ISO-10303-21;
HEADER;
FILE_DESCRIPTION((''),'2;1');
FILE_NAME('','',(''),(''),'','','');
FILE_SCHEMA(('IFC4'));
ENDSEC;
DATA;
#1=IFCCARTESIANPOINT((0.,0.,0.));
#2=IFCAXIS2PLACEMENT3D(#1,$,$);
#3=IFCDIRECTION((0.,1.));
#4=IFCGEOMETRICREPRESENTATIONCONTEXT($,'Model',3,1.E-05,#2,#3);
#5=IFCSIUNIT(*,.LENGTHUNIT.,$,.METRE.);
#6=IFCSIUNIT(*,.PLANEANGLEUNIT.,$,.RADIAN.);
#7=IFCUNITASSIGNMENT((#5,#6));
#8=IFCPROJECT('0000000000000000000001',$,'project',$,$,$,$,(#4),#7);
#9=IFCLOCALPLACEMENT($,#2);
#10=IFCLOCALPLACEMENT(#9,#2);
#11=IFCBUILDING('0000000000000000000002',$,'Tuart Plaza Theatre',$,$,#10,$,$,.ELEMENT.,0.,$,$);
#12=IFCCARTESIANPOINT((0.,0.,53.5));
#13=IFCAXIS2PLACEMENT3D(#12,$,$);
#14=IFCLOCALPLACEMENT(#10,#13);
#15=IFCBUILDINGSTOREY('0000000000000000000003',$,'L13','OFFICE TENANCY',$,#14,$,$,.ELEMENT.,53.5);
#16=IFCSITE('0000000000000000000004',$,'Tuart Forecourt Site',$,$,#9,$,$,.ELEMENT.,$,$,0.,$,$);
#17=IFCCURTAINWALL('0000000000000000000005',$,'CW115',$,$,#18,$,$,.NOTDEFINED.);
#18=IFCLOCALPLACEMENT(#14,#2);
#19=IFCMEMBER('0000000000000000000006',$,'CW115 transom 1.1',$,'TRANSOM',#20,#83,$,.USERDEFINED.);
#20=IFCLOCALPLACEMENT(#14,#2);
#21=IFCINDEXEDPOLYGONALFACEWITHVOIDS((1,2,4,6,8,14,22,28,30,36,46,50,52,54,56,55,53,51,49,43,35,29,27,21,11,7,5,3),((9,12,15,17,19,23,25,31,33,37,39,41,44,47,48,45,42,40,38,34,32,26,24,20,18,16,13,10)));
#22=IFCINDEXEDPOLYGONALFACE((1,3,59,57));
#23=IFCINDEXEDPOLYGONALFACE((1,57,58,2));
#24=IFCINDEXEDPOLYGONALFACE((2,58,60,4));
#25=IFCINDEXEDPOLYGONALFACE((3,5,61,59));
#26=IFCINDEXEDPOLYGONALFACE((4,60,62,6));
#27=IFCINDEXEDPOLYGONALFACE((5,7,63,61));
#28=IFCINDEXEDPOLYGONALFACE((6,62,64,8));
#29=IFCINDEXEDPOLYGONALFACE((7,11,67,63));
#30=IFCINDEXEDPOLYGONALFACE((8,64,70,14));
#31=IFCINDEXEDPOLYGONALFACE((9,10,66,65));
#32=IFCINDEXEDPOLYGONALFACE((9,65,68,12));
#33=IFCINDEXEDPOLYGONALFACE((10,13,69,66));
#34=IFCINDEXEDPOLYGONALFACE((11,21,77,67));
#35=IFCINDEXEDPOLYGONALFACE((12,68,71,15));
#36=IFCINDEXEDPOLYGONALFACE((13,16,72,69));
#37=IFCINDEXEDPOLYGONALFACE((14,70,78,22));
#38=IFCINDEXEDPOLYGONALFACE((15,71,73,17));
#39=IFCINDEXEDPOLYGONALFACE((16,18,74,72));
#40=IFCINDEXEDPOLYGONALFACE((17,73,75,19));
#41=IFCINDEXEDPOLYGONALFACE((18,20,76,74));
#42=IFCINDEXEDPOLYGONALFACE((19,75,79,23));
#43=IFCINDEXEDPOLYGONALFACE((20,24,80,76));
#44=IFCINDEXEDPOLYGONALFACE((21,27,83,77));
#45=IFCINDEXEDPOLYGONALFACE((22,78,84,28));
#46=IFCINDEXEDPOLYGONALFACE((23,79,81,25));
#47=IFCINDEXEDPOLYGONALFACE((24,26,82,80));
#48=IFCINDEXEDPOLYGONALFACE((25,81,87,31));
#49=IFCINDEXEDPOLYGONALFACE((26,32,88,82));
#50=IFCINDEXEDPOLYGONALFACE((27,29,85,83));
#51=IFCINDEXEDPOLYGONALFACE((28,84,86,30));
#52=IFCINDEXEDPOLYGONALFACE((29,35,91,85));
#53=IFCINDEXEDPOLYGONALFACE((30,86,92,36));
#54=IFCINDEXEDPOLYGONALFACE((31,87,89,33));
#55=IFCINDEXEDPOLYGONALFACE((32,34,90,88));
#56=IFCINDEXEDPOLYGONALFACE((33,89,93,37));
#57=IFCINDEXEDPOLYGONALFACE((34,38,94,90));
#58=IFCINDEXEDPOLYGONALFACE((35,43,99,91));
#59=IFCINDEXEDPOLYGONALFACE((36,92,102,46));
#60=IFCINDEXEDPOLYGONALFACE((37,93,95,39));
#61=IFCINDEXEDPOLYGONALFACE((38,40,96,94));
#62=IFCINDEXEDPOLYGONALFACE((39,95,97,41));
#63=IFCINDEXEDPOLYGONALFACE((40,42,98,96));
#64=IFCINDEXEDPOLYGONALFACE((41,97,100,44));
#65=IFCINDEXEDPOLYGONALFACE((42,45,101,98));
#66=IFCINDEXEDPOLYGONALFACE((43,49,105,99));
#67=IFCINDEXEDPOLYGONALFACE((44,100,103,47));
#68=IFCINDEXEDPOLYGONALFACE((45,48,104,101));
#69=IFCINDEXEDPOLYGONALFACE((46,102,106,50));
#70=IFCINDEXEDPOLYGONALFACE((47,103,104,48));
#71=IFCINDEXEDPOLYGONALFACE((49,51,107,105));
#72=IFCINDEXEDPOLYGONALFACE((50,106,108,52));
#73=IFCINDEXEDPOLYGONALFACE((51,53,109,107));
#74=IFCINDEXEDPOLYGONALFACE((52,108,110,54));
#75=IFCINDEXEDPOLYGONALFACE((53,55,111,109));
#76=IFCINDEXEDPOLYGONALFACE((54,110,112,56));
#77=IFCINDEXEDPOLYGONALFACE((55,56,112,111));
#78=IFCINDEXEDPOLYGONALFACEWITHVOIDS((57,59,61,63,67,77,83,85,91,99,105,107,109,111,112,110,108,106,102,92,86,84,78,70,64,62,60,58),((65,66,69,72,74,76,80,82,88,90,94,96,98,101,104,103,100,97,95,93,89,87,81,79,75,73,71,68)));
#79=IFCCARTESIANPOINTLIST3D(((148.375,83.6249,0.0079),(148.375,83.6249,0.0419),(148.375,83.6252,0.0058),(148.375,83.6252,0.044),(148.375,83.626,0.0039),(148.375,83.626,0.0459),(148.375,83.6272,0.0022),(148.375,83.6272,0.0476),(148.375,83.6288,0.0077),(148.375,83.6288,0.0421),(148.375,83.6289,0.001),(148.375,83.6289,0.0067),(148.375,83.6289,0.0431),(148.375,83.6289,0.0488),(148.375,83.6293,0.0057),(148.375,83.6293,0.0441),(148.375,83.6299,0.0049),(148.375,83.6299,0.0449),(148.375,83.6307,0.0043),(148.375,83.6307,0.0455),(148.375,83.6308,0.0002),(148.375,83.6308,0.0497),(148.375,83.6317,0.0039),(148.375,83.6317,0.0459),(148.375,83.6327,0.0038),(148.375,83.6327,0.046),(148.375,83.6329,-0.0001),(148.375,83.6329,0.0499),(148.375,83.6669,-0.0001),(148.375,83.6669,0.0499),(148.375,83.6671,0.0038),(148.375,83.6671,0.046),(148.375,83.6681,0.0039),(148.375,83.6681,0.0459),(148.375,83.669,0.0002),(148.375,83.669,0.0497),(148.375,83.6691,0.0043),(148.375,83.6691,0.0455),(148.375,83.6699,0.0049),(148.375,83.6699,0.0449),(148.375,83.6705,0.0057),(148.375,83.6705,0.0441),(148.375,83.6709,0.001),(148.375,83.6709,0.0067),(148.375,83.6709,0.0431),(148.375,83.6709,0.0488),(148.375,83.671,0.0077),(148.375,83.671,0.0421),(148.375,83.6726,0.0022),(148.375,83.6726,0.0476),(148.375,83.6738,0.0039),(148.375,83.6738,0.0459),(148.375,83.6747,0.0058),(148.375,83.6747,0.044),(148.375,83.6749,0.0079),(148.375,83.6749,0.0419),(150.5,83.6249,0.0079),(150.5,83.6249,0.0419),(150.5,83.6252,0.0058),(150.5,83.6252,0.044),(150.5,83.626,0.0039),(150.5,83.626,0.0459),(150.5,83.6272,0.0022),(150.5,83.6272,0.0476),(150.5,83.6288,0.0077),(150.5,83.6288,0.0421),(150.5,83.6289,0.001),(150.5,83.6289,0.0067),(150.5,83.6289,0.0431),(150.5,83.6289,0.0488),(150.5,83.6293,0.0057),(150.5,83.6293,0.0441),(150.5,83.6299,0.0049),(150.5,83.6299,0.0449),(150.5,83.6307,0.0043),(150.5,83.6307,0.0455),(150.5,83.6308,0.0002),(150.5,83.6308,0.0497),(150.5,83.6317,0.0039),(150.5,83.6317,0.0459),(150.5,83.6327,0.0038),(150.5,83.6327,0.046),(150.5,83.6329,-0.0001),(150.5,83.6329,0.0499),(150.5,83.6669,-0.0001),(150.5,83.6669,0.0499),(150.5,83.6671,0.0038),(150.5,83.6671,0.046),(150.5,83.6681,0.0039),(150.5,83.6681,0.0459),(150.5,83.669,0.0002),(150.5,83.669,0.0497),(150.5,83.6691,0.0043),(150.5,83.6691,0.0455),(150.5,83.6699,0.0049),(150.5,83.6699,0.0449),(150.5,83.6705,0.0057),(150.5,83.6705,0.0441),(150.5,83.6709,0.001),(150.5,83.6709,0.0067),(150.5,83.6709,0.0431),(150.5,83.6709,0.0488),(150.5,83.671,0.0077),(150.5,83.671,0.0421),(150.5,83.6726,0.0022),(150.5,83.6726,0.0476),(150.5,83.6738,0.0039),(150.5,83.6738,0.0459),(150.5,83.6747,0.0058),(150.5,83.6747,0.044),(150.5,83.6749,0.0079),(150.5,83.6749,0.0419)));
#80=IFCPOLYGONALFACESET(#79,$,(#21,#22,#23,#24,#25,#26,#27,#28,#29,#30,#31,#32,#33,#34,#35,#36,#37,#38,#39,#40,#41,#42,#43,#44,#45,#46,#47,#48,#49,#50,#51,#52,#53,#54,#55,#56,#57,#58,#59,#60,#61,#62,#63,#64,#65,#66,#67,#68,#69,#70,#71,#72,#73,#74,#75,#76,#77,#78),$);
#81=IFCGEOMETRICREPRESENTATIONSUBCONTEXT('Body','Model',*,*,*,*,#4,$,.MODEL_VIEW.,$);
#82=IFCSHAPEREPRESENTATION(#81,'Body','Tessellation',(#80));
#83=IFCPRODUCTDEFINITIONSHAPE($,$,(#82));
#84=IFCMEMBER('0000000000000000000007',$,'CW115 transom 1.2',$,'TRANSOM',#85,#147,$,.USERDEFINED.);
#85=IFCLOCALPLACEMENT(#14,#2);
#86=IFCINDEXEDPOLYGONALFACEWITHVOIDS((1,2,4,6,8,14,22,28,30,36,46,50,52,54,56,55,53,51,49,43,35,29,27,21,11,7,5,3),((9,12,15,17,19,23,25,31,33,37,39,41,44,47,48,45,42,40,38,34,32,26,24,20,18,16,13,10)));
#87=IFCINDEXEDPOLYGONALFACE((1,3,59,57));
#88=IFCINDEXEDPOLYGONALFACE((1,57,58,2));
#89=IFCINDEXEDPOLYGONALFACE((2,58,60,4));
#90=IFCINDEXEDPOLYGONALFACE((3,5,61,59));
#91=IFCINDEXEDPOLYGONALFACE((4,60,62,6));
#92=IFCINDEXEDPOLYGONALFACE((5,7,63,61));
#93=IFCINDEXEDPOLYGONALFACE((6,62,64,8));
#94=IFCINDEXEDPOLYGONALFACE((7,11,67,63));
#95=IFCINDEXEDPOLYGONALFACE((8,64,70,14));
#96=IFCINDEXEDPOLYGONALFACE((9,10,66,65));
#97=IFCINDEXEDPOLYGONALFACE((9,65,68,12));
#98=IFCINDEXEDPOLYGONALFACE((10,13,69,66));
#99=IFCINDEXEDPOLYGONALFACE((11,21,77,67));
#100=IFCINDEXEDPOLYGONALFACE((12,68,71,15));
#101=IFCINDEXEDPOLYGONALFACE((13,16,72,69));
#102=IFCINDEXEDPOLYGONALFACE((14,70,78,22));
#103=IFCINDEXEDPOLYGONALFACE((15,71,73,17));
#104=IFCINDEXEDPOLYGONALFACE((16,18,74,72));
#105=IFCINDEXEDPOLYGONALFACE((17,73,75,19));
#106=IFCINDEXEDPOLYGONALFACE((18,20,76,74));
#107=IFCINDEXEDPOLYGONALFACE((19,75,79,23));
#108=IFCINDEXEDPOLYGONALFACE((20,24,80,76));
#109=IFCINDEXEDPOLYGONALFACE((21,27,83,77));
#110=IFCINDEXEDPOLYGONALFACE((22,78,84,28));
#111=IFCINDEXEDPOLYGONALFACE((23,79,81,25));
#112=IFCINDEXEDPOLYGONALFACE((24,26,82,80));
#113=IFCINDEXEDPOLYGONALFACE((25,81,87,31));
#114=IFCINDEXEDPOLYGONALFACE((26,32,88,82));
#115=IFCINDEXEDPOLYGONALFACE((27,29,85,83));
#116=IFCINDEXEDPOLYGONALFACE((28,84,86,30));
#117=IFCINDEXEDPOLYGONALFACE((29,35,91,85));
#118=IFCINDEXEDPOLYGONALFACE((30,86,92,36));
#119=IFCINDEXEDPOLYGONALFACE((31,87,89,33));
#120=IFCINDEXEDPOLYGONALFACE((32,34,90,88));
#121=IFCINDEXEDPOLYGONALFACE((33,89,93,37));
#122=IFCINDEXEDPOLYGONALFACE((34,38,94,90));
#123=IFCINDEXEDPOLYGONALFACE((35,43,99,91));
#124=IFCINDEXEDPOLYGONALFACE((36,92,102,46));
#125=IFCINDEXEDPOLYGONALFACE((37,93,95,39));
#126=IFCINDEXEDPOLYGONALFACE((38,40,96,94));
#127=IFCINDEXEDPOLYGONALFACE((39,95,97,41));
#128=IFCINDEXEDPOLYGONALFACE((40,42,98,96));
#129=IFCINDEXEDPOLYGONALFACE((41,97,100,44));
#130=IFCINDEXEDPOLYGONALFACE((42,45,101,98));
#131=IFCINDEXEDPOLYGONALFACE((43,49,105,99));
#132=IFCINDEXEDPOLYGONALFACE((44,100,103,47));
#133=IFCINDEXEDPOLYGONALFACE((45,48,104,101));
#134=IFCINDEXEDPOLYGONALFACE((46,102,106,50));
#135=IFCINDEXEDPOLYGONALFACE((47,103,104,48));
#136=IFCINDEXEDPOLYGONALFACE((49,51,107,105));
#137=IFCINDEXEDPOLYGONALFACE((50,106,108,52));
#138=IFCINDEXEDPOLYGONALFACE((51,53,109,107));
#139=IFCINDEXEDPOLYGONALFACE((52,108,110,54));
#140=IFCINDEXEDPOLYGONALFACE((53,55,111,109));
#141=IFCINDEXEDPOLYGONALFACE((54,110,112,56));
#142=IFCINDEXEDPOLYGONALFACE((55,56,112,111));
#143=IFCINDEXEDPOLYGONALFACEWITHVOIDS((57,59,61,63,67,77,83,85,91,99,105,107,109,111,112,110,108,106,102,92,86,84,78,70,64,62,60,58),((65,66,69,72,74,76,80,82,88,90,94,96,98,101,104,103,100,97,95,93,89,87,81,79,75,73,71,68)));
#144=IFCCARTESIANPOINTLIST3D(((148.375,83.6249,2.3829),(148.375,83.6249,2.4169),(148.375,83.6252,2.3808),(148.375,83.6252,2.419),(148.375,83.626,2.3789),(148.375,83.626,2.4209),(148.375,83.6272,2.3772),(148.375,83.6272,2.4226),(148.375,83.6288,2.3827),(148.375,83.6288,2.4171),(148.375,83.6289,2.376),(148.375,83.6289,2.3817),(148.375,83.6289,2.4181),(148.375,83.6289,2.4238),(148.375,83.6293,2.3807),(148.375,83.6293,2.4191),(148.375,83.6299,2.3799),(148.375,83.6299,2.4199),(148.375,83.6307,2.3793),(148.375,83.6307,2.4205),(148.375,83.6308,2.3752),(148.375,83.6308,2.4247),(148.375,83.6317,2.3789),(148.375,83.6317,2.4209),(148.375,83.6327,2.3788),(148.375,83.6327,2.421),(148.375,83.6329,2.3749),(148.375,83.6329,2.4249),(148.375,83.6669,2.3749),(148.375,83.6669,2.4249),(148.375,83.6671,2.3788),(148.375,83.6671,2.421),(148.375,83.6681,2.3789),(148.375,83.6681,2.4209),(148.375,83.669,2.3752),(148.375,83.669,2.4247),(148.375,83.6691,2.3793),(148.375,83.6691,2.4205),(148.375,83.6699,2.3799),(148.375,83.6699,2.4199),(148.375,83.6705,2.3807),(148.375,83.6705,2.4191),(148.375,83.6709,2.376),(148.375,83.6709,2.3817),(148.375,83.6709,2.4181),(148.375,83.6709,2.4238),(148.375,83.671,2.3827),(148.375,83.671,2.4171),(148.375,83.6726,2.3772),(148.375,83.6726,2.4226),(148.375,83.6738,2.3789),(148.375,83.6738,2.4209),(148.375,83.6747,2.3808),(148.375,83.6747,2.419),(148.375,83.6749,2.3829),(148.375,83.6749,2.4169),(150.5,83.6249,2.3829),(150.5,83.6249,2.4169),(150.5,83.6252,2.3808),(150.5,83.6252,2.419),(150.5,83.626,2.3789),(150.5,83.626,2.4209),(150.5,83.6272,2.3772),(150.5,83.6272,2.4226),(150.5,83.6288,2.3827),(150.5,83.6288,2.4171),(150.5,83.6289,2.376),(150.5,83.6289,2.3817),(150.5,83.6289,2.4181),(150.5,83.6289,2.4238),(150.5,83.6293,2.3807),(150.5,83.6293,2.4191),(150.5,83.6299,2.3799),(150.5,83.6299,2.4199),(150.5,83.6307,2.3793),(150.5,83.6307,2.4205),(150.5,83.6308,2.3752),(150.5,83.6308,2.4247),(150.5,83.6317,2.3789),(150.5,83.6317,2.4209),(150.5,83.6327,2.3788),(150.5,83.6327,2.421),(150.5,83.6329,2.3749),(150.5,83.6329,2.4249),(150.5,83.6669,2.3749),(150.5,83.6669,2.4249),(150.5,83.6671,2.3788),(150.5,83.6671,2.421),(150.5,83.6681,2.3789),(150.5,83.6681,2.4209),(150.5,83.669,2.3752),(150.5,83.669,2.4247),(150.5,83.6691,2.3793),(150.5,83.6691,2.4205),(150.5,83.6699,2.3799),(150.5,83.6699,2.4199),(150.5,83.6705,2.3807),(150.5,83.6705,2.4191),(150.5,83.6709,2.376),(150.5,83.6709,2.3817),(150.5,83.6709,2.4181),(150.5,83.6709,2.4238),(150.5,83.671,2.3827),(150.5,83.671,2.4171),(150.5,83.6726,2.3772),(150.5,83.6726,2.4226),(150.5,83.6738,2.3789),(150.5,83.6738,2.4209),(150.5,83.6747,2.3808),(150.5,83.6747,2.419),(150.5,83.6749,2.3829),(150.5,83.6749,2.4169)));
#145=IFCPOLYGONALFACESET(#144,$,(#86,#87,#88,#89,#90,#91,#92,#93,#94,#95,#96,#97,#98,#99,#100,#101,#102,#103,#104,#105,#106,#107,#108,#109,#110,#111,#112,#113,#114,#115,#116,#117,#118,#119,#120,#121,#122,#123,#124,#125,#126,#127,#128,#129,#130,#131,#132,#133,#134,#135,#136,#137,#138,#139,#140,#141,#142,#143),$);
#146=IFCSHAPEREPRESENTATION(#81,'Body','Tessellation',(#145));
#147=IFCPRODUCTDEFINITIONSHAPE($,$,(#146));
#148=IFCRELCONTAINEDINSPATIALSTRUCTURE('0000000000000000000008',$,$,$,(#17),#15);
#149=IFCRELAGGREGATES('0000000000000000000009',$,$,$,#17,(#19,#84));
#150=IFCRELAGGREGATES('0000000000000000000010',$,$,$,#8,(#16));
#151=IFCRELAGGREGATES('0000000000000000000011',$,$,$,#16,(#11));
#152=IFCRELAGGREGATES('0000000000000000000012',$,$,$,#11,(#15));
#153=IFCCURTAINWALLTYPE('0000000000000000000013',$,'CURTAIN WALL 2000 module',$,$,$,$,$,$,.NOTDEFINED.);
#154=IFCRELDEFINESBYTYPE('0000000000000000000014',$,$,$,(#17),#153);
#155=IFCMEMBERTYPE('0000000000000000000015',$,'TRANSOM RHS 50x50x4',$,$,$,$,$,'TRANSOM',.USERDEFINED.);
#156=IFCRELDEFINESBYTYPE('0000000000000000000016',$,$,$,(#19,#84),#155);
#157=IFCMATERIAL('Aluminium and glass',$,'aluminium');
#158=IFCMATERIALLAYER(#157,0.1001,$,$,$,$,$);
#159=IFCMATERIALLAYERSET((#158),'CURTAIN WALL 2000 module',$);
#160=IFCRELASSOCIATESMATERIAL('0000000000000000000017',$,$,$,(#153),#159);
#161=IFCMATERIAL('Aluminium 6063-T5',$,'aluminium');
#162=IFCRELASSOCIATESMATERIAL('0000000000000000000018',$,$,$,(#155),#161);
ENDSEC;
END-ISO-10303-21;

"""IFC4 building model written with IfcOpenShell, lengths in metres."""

from ifc_helpers import new_model, si_unit, direction, frame, origin, origin_2d, place, context, subcontext, project, spatial, hollow_rectangle, extrude, material, layer, layer_set, material_profile, profile_set, type_object, element, aggregate, save


model = new_model("IFC4")

# Units and contexts
model_context = context("Model", 3, precision=1e-05, world=origin(), true_north=direction((0.0, 1.0)))
body_context = subcontext(model_context, "Body", "Model", "MODEL_VIEW")
ifc_project = project(units=[si_unit("LENGTHUNIT", "METRE"), si_unit("PLANEANGLEUNIT", "RADIAN")], contexts=[model_context])

# Site, building, storey
site_placement = place(None, origin())
site = spatial("IfcSite", under=ifc_project, at=site_placement, Name="Tuart Forecourt Site", CompositionType="ELEMENT", RefElevation=0.0)
building_placement = place(site_placement, origin())
building = spatial("IfcBuilding", under=site, at=building_placement, Name="Tuart Plaza Theatre", CompositionType="ELEMENT", ElevationOfRefHeight=0.0)
storey_placement = place(building_placement, frame((0.0, 0.0, 53.5)))
storey = spatial("IfcBuildingStorey", under=building, at=storey_placement, Name="L13", Description="OFFICE TENANCY", CompositionType="ELEMENT", Elevation=53.5)

# Curtain wall
ifc_material_1 = material(Name="Aluminium and glass", Category="aluminium")
ifc_layer_1 = layer(ifc_material_1, 0.1001)
ifc_layer_set_1 = layer_set([ifc_layer_1], Name="CURTAIN WALL 2000 module")
curtain_wall_type = type_object("IfcCurtainWallType", Name="CURTAIN WALL 2000 module", PredefinedType="NOTDEFINED", material=ifc_layer_set_1)
curtain_wall_1_placement = place(storey_placement, origin())
curtain_wall_1 = element("IfcCurtainWall", 1, at=curtain_wall_1_placement, inside=storey, type_object=curtain_wall_type, Name="CW115", PredefinedType="NOTDEFINED")

# Members
ifc_material_2 = material(Name="Aluminium 6063-T5", Category="aluminium")
ifc_material_profile_1 = material_profile(ifc_material_2, hollow_rectangle(XDim=0.05, YDim=0.05, WallThickness=0.0039, InnerFilletRadius=0.0039, OuterFilletRadius=0.0081, at=origin_2d()), Name="RHS 50x50x4")
ifc_profile_set_1 = profile_set([ifc_material_profile_1], Name="Aluminium 6063-T5")
member_type_1 = type_object("IfcMemberType", Name="TRANSOM RHS 50x50x4", ElementType="TRANSOM", PredefinedType="USERDEFINED", material=ifc_profile_set_1)
member_1_placement = place(storey_placement, frame((150.5, 83.6499, 0.0249), z_axis=(-1.0, 0.0, 0.0), x_axis=(0.0, -1.0, 0.0)))
member_1 = element("IfcMember", 2, at=member_1_placement, type_object=member_type_1, Name="CW115 transom 1.1", ObjectType="TRANSOM", PredefinedType="USERDEFINED", context=body_context, shape_type="SweptSolid", body=[
    extrude(hollow_rectangle(XDim=0.05, YDim=0.05, WallThickness=0.0039, InnerFilletRadius=0.0039, OuterFilletRadius=0.0081, at=origin_2d()), origin(), (0.0, 0.0, 1.0), 2.125),
])
member_2_placement = place(storey_placement, frame((150.5, 83.6499, 2.3999), z_axis=(-1.0, 0.0, 0.0), x_axis=(0.0, -1.0, 0.0)))
member_2 = element("IfcMember", 3, at=member_2_placement, type_object=member_type_1, Name="CW115 transom 1.2", ObjectType="TRANSOM", PredefinedType="USERDEFINED", context=body_context, shape_type="SweptSolid", body=[
    extrude(hollow_rectangle(XDim=0.05, YDim=0.05, WallThickness=0.0039, InnerFilletRadius=0.0039, OuterFilletRadius=0.0081, at=origin_2d()), origin(), (0.0, 0.0, 1.0), 2.125),
])

aggregate(curtain_wall_1, [member_1, member_2])

save(model, "model.ifc")
